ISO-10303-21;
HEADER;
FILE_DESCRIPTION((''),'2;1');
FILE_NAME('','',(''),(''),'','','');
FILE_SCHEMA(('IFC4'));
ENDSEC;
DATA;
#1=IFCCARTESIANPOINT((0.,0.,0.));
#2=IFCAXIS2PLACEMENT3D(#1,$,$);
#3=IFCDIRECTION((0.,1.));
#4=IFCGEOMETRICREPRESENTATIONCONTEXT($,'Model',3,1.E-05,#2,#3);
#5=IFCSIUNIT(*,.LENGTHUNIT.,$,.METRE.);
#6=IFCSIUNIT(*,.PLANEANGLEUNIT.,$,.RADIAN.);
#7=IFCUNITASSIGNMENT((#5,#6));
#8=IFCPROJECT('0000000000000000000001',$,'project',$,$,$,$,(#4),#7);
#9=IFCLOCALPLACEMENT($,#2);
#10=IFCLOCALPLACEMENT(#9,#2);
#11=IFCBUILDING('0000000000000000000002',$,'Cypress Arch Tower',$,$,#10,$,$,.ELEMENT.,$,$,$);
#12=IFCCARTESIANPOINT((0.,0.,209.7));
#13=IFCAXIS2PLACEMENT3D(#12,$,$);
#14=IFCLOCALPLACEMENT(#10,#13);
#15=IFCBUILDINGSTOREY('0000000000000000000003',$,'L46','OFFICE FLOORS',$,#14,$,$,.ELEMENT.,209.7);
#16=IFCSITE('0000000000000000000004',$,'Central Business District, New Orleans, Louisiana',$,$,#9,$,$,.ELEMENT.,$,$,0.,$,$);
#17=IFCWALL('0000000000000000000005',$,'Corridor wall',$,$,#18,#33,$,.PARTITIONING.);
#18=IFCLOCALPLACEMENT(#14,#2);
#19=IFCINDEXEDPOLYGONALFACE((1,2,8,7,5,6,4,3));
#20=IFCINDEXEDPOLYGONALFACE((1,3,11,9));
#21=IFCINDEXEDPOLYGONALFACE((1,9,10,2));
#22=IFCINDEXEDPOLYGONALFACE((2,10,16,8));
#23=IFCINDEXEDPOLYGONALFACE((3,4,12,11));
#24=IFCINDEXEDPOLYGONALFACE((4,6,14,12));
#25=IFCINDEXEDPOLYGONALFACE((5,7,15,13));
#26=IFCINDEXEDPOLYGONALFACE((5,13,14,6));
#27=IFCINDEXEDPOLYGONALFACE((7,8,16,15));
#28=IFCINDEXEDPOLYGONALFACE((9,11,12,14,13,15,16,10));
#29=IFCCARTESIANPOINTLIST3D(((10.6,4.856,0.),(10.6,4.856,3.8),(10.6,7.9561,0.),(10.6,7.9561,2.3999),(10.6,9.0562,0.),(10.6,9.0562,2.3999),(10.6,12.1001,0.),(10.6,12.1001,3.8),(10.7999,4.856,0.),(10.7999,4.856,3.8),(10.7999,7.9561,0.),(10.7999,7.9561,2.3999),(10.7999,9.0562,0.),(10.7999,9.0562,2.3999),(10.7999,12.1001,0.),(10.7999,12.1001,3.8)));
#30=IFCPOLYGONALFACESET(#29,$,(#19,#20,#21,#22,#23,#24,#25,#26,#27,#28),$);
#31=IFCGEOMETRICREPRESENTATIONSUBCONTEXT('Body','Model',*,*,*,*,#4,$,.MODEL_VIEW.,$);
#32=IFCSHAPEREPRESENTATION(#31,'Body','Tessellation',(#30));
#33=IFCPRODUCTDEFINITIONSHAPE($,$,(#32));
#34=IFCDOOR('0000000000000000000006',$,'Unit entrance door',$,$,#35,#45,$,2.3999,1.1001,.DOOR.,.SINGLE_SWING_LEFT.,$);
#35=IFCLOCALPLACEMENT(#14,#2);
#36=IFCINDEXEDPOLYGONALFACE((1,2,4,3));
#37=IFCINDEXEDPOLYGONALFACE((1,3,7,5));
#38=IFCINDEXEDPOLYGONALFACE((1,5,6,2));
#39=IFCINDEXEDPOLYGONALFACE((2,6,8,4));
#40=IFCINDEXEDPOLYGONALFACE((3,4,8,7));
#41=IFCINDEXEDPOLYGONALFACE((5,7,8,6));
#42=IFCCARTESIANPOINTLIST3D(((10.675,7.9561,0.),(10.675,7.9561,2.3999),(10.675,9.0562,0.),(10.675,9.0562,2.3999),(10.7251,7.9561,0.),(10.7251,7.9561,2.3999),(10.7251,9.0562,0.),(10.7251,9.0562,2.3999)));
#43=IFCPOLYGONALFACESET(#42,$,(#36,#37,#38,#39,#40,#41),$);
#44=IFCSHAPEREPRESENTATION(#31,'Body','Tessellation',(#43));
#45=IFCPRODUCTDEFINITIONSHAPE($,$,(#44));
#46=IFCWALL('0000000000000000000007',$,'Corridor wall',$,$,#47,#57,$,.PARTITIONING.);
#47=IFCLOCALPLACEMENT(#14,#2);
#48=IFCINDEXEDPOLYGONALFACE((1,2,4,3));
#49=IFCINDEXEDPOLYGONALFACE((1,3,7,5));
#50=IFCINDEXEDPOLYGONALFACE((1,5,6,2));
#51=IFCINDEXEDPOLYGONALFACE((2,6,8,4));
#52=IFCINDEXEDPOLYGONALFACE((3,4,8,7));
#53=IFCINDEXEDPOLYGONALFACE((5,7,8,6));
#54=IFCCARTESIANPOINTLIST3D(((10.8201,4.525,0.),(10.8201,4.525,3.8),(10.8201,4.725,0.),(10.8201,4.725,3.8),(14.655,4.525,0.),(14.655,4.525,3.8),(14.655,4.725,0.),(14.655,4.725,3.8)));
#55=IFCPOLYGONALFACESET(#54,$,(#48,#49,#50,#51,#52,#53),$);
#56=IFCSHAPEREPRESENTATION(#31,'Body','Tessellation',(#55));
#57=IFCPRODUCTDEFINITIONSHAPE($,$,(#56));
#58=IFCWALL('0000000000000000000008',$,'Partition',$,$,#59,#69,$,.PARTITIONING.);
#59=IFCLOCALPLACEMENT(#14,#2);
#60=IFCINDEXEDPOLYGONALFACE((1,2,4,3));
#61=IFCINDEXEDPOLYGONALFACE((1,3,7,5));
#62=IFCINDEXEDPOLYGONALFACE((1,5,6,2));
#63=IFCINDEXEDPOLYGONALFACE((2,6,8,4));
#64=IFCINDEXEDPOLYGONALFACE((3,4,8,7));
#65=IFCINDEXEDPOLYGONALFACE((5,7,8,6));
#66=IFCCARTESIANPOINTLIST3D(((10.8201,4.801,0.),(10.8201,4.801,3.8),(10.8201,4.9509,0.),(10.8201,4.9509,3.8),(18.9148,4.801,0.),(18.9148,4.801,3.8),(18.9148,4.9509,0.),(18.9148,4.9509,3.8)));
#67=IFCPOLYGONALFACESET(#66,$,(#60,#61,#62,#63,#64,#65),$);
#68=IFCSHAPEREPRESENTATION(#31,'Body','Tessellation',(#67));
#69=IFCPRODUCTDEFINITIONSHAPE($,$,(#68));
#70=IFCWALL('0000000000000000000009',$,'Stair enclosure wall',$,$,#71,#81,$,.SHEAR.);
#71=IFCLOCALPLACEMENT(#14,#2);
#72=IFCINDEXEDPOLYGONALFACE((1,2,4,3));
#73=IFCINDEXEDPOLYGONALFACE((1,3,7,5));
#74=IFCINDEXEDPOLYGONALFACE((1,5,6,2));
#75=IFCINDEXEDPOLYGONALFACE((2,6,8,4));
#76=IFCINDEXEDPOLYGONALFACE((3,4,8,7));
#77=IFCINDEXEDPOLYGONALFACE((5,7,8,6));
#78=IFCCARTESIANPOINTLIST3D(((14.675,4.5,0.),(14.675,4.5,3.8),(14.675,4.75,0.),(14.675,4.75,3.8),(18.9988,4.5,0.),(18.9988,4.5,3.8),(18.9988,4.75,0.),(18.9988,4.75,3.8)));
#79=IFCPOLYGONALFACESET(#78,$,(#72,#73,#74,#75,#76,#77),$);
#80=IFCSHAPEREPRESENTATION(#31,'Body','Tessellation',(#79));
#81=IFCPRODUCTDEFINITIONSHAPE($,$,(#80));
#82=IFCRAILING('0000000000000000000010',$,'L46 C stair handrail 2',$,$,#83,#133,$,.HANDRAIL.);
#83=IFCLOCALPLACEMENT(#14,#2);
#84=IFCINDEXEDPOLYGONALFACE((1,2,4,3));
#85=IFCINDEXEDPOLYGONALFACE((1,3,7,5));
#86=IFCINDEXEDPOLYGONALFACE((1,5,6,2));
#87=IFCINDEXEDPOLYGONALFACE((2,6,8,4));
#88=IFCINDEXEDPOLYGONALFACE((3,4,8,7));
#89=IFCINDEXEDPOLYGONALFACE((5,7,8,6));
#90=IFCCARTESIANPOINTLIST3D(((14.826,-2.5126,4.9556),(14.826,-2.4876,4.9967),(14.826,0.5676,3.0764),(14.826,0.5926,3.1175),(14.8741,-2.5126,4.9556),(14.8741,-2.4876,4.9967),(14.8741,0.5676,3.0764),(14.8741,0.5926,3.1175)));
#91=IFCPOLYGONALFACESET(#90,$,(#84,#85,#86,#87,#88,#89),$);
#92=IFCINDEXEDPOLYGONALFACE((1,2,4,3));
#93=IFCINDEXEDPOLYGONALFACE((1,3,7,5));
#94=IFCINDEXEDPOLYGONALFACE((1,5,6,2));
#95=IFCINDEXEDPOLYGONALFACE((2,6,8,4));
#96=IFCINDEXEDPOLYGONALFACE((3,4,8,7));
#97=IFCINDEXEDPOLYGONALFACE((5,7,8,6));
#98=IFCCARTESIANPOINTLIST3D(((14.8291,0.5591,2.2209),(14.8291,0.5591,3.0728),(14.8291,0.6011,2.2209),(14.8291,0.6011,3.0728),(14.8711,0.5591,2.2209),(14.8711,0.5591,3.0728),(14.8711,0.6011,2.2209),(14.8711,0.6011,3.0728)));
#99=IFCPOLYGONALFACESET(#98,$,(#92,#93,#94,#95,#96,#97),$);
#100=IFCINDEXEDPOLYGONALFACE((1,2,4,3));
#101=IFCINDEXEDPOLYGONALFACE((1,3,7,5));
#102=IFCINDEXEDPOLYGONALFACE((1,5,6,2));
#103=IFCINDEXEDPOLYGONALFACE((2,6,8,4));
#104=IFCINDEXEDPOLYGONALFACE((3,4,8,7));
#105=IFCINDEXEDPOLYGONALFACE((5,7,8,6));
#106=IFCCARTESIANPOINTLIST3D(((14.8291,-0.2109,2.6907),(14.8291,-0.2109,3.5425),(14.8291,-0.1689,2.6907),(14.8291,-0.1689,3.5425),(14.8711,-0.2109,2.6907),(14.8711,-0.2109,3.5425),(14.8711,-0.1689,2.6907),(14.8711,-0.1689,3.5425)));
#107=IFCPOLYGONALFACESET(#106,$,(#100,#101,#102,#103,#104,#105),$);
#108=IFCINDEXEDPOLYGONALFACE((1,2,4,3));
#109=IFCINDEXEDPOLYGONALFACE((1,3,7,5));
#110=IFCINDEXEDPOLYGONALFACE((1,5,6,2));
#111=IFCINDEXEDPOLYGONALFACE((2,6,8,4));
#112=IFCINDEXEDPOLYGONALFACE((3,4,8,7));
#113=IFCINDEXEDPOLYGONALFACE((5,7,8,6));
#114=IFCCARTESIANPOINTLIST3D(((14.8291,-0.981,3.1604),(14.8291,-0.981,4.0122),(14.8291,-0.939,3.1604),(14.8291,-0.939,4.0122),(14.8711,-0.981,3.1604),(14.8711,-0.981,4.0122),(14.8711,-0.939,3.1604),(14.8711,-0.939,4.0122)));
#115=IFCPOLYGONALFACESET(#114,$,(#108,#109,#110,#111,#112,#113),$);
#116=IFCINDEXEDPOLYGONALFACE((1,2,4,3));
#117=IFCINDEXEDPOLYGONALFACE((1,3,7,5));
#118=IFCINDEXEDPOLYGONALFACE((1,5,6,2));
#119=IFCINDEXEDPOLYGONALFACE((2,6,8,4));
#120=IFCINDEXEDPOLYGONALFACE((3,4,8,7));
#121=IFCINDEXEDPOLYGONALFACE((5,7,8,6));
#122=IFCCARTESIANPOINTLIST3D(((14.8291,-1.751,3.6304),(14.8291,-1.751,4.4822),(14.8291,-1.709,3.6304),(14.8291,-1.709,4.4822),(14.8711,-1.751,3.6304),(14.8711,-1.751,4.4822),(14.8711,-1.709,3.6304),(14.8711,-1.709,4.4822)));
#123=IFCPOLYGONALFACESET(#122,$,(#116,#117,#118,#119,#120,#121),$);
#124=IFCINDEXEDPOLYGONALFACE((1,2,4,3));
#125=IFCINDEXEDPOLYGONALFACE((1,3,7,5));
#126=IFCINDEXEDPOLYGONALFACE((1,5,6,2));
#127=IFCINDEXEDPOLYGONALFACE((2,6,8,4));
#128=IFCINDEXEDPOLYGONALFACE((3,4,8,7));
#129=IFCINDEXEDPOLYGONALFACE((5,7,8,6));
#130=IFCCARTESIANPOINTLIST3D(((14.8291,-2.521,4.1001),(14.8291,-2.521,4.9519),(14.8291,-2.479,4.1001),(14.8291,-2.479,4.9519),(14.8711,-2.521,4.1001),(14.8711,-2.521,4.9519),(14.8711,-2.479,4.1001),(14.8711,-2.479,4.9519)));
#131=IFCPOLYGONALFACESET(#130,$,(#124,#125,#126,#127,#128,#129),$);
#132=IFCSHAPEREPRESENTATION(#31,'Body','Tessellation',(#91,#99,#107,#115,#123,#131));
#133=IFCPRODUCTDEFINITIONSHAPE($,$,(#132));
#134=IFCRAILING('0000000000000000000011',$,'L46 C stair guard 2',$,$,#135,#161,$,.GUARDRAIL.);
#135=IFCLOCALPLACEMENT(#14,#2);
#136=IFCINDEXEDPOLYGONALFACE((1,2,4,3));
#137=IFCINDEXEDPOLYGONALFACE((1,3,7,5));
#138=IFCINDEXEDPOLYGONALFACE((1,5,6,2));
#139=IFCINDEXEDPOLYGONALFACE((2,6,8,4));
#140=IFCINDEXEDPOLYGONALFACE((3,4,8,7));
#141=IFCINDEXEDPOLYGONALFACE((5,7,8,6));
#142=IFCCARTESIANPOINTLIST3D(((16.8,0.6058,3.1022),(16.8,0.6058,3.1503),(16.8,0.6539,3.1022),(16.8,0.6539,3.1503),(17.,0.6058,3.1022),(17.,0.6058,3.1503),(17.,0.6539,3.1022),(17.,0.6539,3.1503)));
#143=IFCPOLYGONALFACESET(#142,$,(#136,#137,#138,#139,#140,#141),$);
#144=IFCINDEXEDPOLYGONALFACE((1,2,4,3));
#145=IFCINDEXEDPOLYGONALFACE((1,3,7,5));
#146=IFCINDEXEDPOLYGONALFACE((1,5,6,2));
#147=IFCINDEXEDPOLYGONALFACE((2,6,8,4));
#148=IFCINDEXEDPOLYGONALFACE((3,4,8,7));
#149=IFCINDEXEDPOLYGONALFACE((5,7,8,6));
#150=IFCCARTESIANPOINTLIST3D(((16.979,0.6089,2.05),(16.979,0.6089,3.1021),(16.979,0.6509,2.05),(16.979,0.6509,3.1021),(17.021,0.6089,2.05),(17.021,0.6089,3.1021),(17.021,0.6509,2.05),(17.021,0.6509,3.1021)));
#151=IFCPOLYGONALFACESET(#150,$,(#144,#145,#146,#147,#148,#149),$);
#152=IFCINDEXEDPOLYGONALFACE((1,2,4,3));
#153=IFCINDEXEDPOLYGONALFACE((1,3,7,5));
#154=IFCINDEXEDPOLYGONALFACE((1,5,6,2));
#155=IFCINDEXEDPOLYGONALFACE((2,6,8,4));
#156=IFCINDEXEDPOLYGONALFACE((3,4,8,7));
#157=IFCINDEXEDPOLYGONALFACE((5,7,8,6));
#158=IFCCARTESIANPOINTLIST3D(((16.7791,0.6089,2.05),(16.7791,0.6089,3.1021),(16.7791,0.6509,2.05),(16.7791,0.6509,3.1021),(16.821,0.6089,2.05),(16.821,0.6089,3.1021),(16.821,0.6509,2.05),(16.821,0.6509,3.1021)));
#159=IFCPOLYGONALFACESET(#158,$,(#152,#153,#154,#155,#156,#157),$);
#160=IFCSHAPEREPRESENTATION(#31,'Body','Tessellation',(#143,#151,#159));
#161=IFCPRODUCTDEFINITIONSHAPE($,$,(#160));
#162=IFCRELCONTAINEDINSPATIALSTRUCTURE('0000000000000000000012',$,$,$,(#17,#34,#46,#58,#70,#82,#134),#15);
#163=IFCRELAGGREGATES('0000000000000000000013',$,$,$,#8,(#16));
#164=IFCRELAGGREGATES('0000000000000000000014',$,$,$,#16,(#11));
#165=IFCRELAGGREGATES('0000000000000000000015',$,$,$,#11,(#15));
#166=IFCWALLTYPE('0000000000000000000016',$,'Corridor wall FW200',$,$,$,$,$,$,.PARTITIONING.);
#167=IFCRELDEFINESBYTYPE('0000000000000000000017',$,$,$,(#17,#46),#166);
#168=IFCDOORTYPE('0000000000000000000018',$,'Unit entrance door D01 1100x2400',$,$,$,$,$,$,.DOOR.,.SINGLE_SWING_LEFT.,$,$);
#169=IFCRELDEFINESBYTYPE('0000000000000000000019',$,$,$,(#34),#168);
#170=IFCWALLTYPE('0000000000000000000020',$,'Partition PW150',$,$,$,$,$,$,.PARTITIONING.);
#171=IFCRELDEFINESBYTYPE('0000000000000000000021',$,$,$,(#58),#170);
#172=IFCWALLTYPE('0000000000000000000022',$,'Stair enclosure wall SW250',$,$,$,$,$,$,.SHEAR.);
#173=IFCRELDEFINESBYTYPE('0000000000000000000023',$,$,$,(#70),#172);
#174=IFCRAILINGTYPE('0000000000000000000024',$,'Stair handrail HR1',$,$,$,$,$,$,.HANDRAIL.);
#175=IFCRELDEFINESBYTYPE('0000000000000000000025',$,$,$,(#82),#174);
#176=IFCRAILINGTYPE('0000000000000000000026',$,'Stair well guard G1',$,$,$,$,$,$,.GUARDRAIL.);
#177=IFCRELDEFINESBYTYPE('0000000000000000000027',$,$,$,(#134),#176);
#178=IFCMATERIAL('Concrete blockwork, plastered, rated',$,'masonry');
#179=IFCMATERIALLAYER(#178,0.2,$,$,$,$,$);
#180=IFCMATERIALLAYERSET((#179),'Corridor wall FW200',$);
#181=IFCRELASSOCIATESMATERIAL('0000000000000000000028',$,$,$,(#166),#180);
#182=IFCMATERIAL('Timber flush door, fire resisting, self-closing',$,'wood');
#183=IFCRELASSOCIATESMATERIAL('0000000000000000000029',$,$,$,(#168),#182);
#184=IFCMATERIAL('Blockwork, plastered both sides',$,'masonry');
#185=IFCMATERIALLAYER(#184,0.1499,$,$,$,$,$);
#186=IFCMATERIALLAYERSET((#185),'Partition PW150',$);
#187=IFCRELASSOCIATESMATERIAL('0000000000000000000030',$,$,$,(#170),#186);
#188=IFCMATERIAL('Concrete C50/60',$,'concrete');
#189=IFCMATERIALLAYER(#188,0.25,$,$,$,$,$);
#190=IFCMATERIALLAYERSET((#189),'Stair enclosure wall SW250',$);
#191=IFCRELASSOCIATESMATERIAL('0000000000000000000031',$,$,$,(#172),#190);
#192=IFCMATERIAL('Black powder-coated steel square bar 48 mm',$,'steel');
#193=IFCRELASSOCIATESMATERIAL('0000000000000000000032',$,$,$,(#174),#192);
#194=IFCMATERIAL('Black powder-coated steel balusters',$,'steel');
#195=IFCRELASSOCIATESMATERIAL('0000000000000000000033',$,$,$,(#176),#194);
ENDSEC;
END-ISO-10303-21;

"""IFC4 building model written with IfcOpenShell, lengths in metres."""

from ifc_helpers import new_model, si_unit, direction, frame, frame_2d, origin, origin_2d, place, context, subcontext, project, spatial, rectangle, extrude, material, layer, layer_set, type_object, element, fill, save


model = new_model("IFC4")

# Units and contexts
model_context = context("Model", 3, precision=1e-05, world=origin(), true_north=direction((0.0, 1.0)))
body_context = subcontext(model_context, "Body", "Model", "MODEL_VIEW")
ifc_project = project(units=[si_unit("LENGTHUNIT", "METRE"), si_unit("PLANEANGLEUNIT", "RADIAN")], contexts=[model_context])

# Site, building, storey
site_placement = place(None, origin())
site = spatial("IfcSite", under=ifc_project, at=site_placement, Name="Central Business District, New Orleans, Louisiana", CompositionType="ELEMENT", RefElevation=0.0)
building_placement = place(site_placement, origin())
building = spatial("IfcBuilding", under=site, at=building_placement, Name="Cypress Arch Tower", CompositionType="ELEMENT")
storey_placement = place(building_placement, frame((0.0, 0.0, 209.7)))
storey = spatial("IfcBuildingStorey", under=building, at=storey_placement, Name="L46", Description="OFFICE FLOORS", CompositionType="ELEMENT", Elevation=209.7)

# Wall, opening, door
ifc_material_1 = material(Name="Concrete blockwork, plastered, rated", Category="masonry")
ifc_layer_1 = layer(ifc_material_1, 0.2)
ifc_layer_set_1 = layer_set([ifc_layer_1], Name="Corridor wall FW200")
wall_type_1 = type_object("IfcWallType", Name="Corridor wall FW200", PredefinedType="PARTITIONING", material=ifc_layer_set_1)
wall_1_placement = place(storey_placement, frame((10.7, 4.856, 0.0), z_axis=(0.0, 0.0, 1.0), x_axis=(0.0, 1.0, 0.0)))
wall_1 = element("IfcWall", 1, at=wall_1_placement, inside=storey, type_object=wall_type_1, Name="Corridor wall", PredefinedType="PARTITIONING", context=body_context, shape_type="SweptSolid", body=[
    extrude(rectangle(XDim=7.2441, YDim=0.2, at=frame_2d((3.6221, 0.0))), origin(), (0.0, 0.0, 1.0), 3.8),
])
opening_1_placement = place(wall_1_placement, frame((3.1001, 0.0, 0.0)))
opening_1 = element("IfcOpeningElement", 2, at=opening_1_placement, cuts=wall_1, PredefinedType="OPENING", context=body_context, shape_type="SweptSolid", body=[
    extrude(rectangle(XDim=1.1001, YDim=2.3999, at=frame_2d((0.55, 1.2))), frame((0.0, 0.1099, 0.0), z_axis=(0.0, -1.0, 0.0), x_axis=(1.0, 0.0, 0.0)), (0.0, 0.0, 1.0), 0.22),
])
ifc_material_2 = material(Name="Timber flush door, fire resisting, self-closing", Category="wood")
door_type = type_object("IfcDoorType", Name="Unit entrance door D01 1100x2400", OperationType="SINGLE_SWING_LEFT", PredefinedType="DOOR", material=ifc_material_2)
door_placement = place(opening_1_placement, origin())
door = element("IfcDoor", 3, at=door_placement, inside=storey, type_object=door_type, Name="Unit entrance door", OperationType="SINGLE_SWING_LEFT", OverallHeight=2.3999, OverallWidth=1.1001, PredefinedType="DOOR", context=body_context, shape_type="SweptSolid", body=[
    extrude(rectangle(XDim=1.1001, YDim=2.3999, at=frame_2d((0.55, 1.2))), frame((0.0, 0.0249, 0.0), z_axis=(0.0, -1.0, 0.0), x_axis=(1.0, 0.0, 0.0)), (0.0, 0.0, 1.0), 0.05),
])
fill(opening_1, door)

# Walls
wall_2_placement = place(storey_placement, frame((10.8201, 4.625, 0.0), z_axis=(0.0, 0.0, 1.0), x_axis=(1.0, 0.0, 0.0)))
element("IfcWall", 4, at=wall_2_placement, inside=storey, type_object=wall_type_1, Name="Corridor wall", PredefinedType="PARTITIONING", context=body_context, shape_type="SweptSolid", body=[
    extrude(rectangle(XDim=3.835, YDim=0.2, at=frame_2d((1.9175, 0.0))), origin(), (0.0, 0.0, 1.0), 3.8),
])
ifc_material_3 = material(Name="Blockwork, plastered both sides", Category="masonry")
ifc_layer_2 = layer(ifc_material_3, 0.1499)
ifc_layer_set_2 = layer_set([ifc_layer_2], Name="Partition PW150")
wall_type_2 = type_object("IfcWallType", Name="Partition PW150", PredefinedType="PARTITIONING", material=ifc_layer_set_2)
wall_3_placement = place(storey_placement, frame((10.8201, 4.876, 0.0), z_axis=(0.0, 0.0, 1.0), x_axis=(1.0, 0.0, 0.0)))
element("IfcWall", 5, at=wall_3_placement, inside=storey, type_object=wall_type_2, Name="Partition", PredefinedType="PARTITIONING", context=body_context, shape_type="SweptSolid", body=[
    extrude(rectangle(XDim=8.0947, YDim=0.1499, at=frame_2d((4.0474, 0.0))), origin(), (0.0, 0.0, 1.0), 3.8),
])
ifc_material_4 = material(Name="Concrete C50/60", Category="concrete")
ifc_layer_3 = layer(ifc_material_4, 0.25)
ifc_layer_set_3 = layer_set([ifc_layer_3], Name="Stair enclosure wall SW250")
wall_type_3 = type_object("IfcWallType", Name="Stair enclosure wall SW250", PredefinedType="SHEAR", material=ifc_layer_set_3)
wall_4_placement = place(storey_placement, frame((14.675, 4.625, 0.0), z_axis=(0.0, 0.0, 1.0), x_axis=(1.0, 0.0, 0.0)))
element("IfcWall", 6, at=wall_4_placement, inside=storey, type_object=wall_type_3, Name="Stair enclosure wall", PredefinedType="SHEAR", context=body_context, shape_type="SweptSolid", body=[
    extrude(rectangle(XDim=4.3237, YDim=0.25, at=frame_2d((2.1619, 0.0))), origin(), (0.0, 0.0, 1.0), 3.8),
])

# Railings
ifc_material_5 = material(Name="Black powder-coated steel square bar 48 mm", Category="steel")
railing_type_1 = type_object("IfcRailingType", Name="Stair handrail HR1", PredefinedType="HANDRAIL", material=ifc_material_5)
railing_1_placement = place(storey_placement, frame((14.8501, 0.5801, 2.2209)))
element("IfcRailing", 7, at=railing_1_placement, inside=storey, type_object=railing_type_1, Name="L46 C stair handrail 2", PredefinedType="HANDRAIL", context=body_context, shape_type="SweptSolid", body=[
    extrude(rectangle(XDim=0.0481, YDim=0.0481, at=origin_2d()), frame((0.0, 0.0, 0.876), z_axis=(0.0, -0.853666, 0.52082), x_axis=(1.0, 0.0, 0.0)), (0.0, 0.0, 1.0), 3.6082),
    extrude(rectangle(XDim=0.042, YDim=0.042, at=origin_2d()), origin(), (0.0, 0.0, 1.0), 0.8518),
    extrude(rectangle(XDim=0.042, YDim=0.042, at=origin_2d()), frame((0.0, -0.77, 0.4697)), (0.0, 0.0, 1.0), 0.8518),
    extrude(rectangle(XDim=0.042, YDim=0.042, at=origin_2d()), frame((0.0, -1.54, 0.9395)), (0.0, 0.0, 1.0), 0.8518),
    extrude(rectangle(XDim=0.042, YDim=0.042, at=origin_2d()), frame((0.0, -2.3101, 1.4094)), (0.0, 0.0, 1.0), 0.8518),
    extrude(rectangle(XDim=0.042, YDim=0.042, at=origin_2d()), frame((0.0, -3.0801, 1.8792)), (0.0, 0.0, 1.0), 0.8518),
])
ifc_material_6 = material(Name="Black powder-coated steel balusters", Category="steel")
railing_type_2 = type_object("IfcRailingType", Name="Stair well guard G1", PredefinedType="GUARDRAIL", material=ifc_material_6)
railing_2_placement = place(storey_placement, frame((17.0, 0.6299, 2.05)))
element("IfcRailing", 8, at=railing_2_placement, inside=storey, type_object=railing_type_2, Name="L46 C stair guard 2", PredefinedType="GUARDRAIL", context=body_context, shape_type="SweptSolid", body=[
    extrude(rectangle(XDim=0.0481, YDim=0.0481, at=origin_2d()), frame((0.0, 0.0, 1.0762), z_axis=(-1.0, 0.0, 0.0), x_axis=(0.0, -1.0, 0.0)), (0.0, 0.0, 1.0), 0.2),
    extrude(rectangle(XDim=0.042, YDim=0.042, at=origin_2d()), origin(), (0.0, 0.0, 1.0), 1.052),
    extrude(rectangle(XDim=0.042, YDim=0.042, at=origin_2d()), frame((-0.2, 0.0, 0.0)), (0.0, 0.0, 1.0), 1.052),
])

save(model, "model.ifc")
